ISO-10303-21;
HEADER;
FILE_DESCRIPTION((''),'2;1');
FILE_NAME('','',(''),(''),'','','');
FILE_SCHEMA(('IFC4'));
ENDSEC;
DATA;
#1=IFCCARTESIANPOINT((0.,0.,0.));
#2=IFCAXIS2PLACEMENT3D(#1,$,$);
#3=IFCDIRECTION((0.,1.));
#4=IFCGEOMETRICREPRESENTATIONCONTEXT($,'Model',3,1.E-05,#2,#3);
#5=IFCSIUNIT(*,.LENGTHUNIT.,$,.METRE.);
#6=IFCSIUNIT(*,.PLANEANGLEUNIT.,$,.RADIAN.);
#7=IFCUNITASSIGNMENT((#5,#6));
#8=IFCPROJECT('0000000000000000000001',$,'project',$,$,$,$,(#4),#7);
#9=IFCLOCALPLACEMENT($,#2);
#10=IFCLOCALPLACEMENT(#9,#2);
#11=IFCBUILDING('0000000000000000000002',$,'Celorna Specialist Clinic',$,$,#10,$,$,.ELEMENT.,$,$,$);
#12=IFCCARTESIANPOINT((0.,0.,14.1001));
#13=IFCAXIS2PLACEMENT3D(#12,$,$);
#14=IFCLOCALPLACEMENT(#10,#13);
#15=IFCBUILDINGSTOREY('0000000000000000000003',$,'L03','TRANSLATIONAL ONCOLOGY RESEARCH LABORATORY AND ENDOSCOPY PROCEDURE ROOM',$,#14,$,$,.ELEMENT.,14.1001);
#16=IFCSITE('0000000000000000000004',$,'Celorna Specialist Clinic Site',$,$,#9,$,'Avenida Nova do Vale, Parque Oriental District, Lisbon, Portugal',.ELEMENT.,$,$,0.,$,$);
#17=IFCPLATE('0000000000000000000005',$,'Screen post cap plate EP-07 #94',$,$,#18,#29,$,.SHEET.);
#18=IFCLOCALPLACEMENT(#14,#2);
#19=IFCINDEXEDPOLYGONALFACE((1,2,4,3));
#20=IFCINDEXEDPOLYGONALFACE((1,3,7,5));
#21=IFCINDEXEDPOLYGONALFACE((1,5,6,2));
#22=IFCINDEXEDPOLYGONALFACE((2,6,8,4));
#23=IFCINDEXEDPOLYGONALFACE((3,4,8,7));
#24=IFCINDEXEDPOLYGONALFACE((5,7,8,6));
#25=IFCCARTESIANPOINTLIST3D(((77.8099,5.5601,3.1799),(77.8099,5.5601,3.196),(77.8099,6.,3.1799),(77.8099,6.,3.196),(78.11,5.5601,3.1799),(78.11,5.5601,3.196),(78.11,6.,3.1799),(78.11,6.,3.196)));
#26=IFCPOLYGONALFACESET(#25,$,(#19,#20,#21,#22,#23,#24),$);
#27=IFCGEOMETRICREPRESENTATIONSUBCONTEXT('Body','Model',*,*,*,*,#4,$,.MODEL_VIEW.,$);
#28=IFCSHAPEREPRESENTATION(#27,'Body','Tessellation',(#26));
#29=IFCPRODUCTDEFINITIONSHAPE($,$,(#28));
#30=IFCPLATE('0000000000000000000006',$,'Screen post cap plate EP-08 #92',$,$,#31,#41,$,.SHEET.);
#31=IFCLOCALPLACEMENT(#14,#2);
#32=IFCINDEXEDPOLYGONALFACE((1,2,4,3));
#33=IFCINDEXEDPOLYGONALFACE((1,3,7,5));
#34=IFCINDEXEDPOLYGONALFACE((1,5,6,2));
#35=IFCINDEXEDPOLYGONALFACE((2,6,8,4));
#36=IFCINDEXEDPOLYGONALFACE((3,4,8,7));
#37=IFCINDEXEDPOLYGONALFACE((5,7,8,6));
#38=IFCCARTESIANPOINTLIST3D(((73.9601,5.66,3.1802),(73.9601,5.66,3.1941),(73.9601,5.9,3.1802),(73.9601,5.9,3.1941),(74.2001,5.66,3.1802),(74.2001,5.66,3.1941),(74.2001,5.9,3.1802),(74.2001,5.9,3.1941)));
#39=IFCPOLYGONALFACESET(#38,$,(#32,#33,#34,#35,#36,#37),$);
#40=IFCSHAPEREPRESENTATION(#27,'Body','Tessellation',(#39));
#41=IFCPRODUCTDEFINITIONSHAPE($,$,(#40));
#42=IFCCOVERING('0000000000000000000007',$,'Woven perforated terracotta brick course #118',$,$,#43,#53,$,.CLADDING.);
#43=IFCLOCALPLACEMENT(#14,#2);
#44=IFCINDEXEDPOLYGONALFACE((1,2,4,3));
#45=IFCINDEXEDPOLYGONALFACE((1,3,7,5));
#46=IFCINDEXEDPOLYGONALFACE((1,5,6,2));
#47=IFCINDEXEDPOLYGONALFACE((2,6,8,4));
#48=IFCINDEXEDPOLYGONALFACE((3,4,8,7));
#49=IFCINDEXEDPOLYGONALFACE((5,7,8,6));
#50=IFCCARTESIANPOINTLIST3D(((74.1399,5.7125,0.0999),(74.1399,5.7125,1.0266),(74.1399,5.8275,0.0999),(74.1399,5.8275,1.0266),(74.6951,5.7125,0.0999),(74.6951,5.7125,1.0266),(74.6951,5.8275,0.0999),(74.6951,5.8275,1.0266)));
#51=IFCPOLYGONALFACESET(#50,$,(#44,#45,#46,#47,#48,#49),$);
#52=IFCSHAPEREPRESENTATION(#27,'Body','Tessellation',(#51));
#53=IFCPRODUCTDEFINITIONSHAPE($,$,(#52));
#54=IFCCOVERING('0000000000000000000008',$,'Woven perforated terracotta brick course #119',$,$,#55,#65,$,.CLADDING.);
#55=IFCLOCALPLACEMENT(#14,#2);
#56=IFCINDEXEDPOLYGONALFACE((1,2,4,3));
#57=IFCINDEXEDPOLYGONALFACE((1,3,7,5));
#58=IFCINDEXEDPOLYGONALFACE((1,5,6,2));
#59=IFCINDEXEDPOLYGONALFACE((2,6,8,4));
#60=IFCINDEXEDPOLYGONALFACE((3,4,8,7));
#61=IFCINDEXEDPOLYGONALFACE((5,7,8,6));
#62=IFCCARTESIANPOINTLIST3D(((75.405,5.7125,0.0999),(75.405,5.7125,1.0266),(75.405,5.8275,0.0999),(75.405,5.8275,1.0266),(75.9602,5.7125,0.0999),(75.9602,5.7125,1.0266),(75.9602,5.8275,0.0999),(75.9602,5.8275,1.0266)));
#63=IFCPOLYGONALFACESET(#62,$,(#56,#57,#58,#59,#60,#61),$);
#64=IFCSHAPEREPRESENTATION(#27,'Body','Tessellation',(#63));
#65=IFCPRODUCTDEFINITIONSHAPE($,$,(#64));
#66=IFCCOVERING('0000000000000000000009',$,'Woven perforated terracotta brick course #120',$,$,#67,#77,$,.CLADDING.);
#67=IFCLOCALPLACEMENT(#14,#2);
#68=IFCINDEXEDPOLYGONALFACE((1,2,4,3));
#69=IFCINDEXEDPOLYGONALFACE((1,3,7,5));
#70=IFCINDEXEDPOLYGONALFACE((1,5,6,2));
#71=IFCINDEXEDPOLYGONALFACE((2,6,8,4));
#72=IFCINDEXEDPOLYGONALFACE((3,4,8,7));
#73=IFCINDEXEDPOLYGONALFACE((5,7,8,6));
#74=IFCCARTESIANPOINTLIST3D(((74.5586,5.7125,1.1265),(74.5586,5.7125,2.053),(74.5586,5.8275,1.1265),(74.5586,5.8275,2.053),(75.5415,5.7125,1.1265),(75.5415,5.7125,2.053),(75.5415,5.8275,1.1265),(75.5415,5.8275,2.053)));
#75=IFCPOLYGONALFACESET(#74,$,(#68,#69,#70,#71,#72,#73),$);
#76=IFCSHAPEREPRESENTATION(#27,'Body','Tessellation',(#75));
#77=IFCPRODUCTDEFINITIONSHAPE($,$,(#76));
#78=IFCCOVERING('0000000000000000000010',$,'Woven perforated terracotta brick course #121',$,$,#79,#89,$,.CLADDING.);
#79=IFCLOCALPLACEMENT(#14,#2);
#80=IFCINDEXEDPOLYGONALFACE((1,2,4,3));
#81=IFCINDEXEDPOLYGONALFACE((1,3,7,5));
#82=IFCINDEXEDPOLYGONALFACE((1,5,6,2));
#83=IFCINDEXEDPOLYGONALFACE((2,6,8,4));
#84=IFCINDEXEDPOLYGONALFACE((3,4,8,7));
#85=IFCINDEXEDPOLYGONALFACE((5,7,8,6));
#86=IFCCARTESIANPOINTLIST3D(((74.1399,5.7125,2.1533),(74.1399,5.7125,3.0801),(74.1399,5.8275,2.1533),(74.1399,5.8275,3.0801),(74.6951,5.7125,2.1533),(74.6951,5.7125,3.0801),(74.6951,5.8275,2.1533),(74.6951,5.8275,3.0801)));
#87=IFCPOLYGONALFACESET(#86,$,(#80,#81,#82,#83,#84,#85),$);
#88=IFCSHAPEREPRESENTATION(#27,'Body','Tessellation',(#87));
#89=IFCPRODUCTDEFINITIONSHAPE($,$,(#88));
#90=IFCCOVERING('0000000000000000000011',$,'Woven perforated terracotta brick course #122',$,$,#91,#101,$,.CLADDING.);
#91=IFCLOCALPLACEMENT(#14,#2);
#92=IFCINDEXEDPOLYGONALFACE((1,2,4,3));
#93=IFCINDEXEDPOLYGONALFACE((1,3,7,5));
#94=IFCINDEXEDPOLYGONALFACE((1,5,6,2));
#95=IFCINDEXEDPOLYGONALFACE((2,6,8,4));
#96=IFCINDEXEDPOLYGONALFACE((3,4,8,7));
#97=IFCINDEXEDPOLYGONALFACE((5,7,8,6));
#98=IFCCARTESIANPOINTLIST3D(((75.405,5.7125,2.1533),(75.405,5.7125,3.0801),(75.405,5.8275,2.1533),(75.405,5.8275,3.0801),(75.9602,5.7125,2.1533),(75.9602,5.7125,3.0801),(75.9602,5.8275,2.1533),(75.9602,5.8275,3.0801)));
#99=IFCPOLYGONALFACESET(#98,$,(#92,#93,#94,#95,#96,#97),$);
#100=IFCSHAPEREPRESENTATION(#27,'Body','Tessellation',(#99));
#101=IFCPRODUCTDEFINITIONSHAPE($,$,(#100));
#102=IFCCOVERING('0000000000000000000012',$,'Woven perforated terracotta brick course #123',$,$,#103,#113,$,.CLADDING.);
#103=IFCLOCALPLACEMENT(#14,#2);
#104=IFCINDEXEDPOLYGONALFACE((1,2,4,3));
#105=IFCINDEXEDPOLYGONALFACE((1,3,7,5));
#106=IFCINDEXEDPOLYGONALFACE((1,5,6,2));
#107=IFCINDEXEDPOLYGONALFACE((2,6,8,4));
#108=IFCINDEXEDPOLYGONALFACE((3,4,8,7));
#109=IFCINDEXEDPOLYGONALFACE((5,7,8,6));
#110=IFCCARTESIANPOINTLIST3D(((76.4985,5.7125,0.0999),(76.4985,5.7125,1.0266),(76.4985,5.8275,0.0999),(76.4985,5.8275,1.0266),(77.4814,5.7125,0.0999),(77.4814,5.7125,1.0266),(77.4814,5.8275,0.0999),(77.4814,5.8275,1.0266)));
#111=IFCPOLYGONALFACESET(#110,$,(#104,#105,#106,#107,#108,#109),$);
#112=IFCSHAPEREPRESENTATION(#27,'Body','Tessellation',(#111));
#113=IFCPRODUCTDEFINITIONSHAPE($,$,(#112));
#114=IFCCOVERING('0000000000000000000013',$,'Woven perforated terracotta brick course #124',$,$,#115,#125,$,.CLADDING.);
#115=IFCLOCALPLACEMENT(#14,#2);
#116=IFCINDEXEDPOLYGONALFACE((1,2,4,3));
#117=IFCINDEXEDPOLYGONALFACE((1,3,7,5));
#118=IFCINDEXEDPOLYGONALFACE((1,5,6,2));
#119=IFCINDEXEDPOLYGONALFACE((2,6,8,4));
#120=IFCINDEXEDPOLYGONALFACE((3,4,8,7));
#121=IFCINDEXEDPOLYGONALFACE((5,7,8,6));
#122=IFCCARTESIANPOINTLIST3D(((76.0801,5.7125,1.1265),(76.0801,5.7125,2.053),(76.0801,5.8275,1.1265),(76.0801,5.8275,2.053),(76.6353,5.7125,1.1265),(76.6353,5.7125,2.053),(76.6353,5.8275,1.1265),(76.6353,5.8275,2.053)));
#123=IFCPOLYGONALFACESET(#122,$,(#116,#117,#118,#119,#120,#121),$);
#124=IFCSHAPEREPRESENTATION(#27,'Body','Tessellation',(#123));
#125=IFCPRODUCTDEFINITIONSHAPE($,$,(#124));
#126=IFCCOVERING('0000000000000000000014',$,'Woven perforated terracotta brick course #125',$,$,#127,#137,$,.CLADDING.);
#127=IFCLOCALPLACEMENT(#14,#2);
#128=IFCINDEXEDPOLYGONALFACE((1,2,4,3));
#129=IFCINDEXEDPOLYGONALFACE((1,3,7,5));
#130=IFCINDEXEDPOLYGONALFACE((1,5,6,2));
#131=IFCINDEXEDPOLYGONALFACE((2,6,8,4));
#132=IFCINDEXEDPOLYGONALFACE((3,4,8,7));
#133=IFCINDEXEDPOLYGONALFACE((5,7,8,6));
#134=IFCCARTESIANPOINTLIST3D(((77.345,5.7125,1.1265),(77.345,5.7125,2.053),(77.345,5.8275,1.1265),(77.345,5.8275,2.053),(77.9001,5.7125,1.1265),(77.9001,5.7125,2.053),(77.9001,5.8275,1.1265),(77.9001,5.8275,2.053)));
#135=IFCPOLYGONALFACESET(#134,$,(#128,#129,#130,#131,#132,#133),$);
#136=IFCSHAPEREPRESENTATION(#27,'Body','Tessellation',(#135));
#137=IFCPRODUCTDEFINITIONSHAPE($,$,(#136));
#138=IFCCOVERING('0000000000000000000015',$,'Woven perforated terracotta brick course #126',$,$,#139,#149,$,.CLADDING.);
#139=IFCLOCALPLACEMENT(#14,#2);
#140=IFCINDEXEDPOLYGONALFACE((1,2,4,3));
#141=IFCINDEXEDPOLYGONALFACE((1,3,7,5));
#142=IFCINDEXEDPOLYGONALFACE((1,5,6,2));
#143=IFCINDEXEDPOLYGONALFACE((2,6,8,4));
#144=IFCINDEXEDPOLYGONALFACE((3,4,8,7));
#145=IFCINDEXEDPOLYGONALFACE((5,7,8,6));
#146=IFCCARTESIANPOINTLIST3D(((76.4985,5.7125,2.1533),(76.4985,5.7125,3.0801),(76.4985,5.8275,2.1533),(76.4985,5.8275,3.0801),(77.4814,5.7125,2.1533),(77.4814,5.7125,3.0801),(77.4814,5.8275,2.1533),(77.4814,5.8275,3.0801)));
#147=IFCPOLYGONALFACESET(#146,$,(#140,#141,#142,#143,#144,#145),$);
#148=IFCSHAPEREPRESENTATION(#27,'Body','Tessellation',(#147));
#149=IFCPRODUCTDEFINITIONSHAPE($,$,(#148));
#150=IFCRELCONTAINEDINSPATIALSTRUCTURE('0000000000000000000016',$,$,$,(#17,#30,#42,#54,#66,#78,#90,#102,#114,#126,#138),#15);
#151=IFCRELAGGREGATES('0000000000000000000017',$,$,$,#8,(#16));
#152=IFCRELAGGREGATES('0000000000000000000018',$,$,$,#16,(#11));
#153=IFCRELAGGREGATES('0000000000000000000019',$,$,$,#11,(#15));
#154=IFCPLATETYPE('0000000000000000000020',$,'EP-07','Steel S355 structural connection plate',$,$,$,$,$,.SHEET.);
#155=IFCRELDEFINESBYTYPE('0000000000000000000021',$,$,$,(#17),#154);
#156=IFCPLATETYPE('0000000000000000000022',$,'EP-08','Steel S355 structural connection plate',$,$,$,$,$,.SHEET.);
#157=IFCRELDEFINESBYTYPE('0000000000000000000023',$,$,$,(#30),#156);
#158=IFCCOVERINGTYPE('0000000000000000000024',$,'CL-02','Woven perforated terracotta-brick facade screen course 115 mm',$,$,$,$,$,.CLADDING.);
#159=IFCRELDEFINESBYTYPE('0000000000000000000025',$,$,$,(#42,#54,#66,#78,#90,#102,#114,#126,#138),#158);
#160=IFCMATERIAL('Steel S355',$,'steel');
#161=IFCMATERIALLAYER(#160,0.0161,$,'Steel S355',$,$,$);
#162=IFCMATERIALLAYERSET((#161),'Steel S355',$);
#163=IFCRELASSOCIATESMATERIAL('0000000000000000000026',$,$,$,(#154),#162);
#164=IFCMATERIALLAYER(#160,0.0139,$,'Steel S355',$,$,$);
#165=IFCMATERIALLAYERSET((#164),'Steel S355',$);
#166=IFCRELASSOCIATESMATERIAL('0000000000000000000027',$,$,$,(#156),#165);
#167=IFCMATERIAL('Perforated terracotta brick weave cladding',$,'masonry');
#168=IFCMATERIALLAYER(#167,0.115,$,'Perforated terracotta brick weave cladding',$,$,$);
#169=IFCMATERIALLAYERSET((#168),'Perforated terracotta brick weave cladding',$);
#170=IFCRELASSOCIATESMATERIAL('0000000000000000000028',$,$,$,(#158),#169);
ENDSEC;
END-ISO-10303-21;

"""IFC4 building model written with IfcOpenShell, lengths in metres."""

from ifc_helpers import new_model, si_unit, direction, frame, origin, origin_2d, place, context, subcontext, project, spatial, rectangle, extrude, material, layer, layer_set, type_object, element, save


model = new_model("IFC4")

# Units and contexts
model_context = context("Model", 3, precision=1e-05, world=origin(), true_north=direction((0.0, 1.0)))
body_context = subcontext(model_context, "Body", "Model", "MODEL_VIEW")
ifc_project = project(units=[si_unit("LENGTHUNIT", "METRE"), si_unit("PLANEANGLEUNIT", "RADIAN")], contexts=[model_context])

# Site, building, storey
site_placement = place(None, origin())
site = spatial("IfcSite", under=ifc_project, at=site_placement, Name="Celorna Specialist Clinic Site", LongName="Avenida Nova do Vale, Parque Oriental District, Lisbon, Portugal", CompositionType="ELEMENT", RefElevation=0.0)
building_placement = place(site_placement, origin())
building = spatial("IfcBuilding", under=site, at=building_placement, Name="Celorna Specialist Clinic", CompositionType="ELEMENT")
storey_placement = place(building_placement, frame((0.0, 0.0, 14.1001)))
storey = spatial("IfcBuildingStorey", under=building, at=storey_placement, Name="L03", Description="TRANSLATIONAL ONCOLOGY RESEARCH LABORATORY AND ENDOSCOPY PROCEDURE ROOM", CompositionType="ELEMENT", Elevation=14.1001)

# Shared definitions
ifc_material_1 = material(Name="Steel S355", Category="steel")

# Plates
ifc_layer_1 = layer(ifc_material_1, 0.0161, Name="Steel S355")
ifc_layer_set_1 = layer_set([ifc_layer_1], Name="Steel S355")
plate_type_1 = type_object("IfcPlateType", Name="EP-07", Description="Steel S355 structural connection plate", PredefinedType="SHEET", material=ifc_layer_set_1)
plate_1_placement = place(storey_placement, frame((77.96, 5.78, 3.1799), z_axis=(0.0, 0.0, 1.0), x_axis=(1.0, 0.0, 0.0)))
element("IfcPlate", 1, at=plate_1_placement, inside=storey, type_object=plate_type_1, Name="Screen post cap plate EP-07 #94", PredefinedType="SHEET", context=body_context, shape_type="SweptSolid", body=[
    extrude(rectangle(XDim=0.3, YDim=0.4399, at=origin_2d()), origin(), (0.0, 0.0, 1.0), 0.0161),
])
ifc_layer_2 = layer(ifc_material_1, 0.0139, Name="Steel S355")
ifc_layer_set_2 = layer_set([ifc_layer_2], Name="Steel S355")
plate_type_2 = type_object("IfcPlateType", Name="EP-08", Description="Steel S355 structural connection plate", PredefinedType="SHEET", material=ifc_layer_set_2)
plate_2_placement = place(storey_placement, frame((74.0801, 5.78, 3.1802), z_axis=(0.0, 0.0, 1.0), x_axis=(1.0, 0.0, 0.0)))
element("IfcPlate", 2, at=plate_2_placement, inside=storey, type_object=plate_type_2, Name="Screen post cap plate EP-08 #92", PredefinedType="SHEET", context=body_context, shape_type="SweptSolid", body=[
    extrude(rectangle(XDim=0.24, YDim=0.24, at=origin_2d()), origin(), (0.0, 0.0, 1.0), 0.0139),
])

# Coverings
ifc_material_2 = material(Name="Perforated terracotta brick weave cladding", Category="masonry")
ifc_layer_3 = layer(ifc_material_2, 0.115, Name="Perforated terracotta brick weave cladding")
ifc_layer_set_3 = layer_set([ifc_layer_3], Name="Perforated terracotta brick weave cladding")
covering_type = type_object("IfcCoveringType", Name="CL-02", Description="Woven perforated terracotta-brick facade screen course 115 mm", PredefinedType="CLADDING", material=ifc_layer_set_3)
for number, where, z_axis, x_axis, name in (
    (3, (74.4175, 5.77, 0.0999), (0.0, 0.0, 1.0), (1.0, 0.0, 0.0), "Woven perforated terracotta brick course #118"),
    (4, (75.6826, 5.77, 0.0999), (0.0, 0.0, 1.0), (1.0, 0.0, 0.0), "Woven perforated terracotta brick course #119"),
):
    element("IfcCovering", number, at=place(storey_placement, frame(where, z_axis=z_axis, x_axis=x_axis)), inside=storey, type_object=covering_type, Name=name, PredefinedType="CLADDING", context=body_context, shape_type="SweptSolid", body=[
        extrude(rectangle(XDim=0.5552, YDim=0.115, at=origin_2d()), origin(), (0.0, 0.0, 1.0), 0.9268),
    ])
covering_1_placement = place(storey_placement, frame((75.05, 5.77, 1.1265), z_axis=(0.0, 0.0, 1.0), x_axis=(1.0, 0.0, 0.0)))
element("IfcCovering", 5, at=covering_1_placement, inside=storey, type_object=covering_type, Name="Woven perforated terracotta brick course #120", PredefinedType="CLADDING", context=body_context, shape_type="SweptSolid", body=[
    extrude(rectangle(XDim=0.9829, YDim=0.115, at=origin_2d()), origin(), (0.0, 0.0, 1.0), 0.9265),
])
for number, where, z_axis, x_axis, name in (
    (6, (74.4175, 5.77, 2.1533), (0.0, 0.0, 1.0), (1.0, 0.0, 0.0), "Woven perforated terracotta brick course #121"),
    (7, (75.6826, 5.77, 2.1533), (0.0, 0.0, 1.0), (1.0, 0.0, 0.0), "Woven perforated terracotta brick course #122"),
):
    element("IfcCovering", number, at=place(storey_placement, frame(where, z_axis=z_axis, x_axis=x_axis)), inside=storey, type_object=covering_type, Name=name, PredefinedType="CLADDING", context=body_context, shape_type="SweptSolid", body=[
        extrude(rectangle(XDim=0.5552, YDim=0.115, at=origin_2d()), origin(), (0.0, 0.0, 1.0), 0.9268),
    ])
covering_2_placement = place(storey_placement, frame((76.99, 5.77, 0.0999), z_axis=(0.0, 0.0, 1.0), x_axis=(1.0, 0.0, 0.0)))
element("IfcCovering", 8, at=covering_2_placement, inside=storey, type_object=covering_type, Name="Woven perforated terracotta brick course #123", PredefinedType="CLADDING", context=body_context, shape_type="SweptSolid", body=[
    extrude(rectangle(XDim=0.9829, YDim=0.115, at=origin_2d()), origin(), (0.0, 0.0, 1.0), 0.9268),
])
for number, where, z_axis, x_axis, name in (
    (9, (76.3577, 5.77, 1.1265), (0.0, 0.0, 1.0), (1.0, 0.0, 0.0), "Woven perforated terracotta brick course #124"),
    (10, (77.6226, 5.77, 1.1265), (0.0, 0.0, 1.0), (1.0, 0.0, 0.0), "Woven perforated terracotta brick course #125"),
):
    element("IfcCovering", number, at=place(storey_placement, frame(where, z_axis=z_axis, x_axis=x_axis)), inside=storey, type_object=covering_type, Name=name, PredefinedType="CLADDING", context=body_context, shape_type="SweptSolid", body=[
        extrude(rectangle(XDim=0.5552, YDim=0.115, at=origin_2d()), origin(), (0.0, 0.0, 1.0), 0.9265),
    ])
covering_3_placement = place(storey_placement, frame((76.99, 5.77, 2.1533), z_axis=(0.0, 0.0, 1.0), x_axis=(1.0, 0.0, 0.0)))
element("IfcCovering", 11, at=covering_3_placement, inside=storey, type_object=covering_type, Name="Woven perforated terracotta brick course #126", PredefinedType="CLADDING", context=body_context, shape_type="SweptSolid", body=[
    extrude(rectangle(XDim=0.9829, YDim=0.115, at=origin_2d()), origin(), (0.0, 0.0, 1.0), 0.9268),
])

save(model, "model.ifc")
